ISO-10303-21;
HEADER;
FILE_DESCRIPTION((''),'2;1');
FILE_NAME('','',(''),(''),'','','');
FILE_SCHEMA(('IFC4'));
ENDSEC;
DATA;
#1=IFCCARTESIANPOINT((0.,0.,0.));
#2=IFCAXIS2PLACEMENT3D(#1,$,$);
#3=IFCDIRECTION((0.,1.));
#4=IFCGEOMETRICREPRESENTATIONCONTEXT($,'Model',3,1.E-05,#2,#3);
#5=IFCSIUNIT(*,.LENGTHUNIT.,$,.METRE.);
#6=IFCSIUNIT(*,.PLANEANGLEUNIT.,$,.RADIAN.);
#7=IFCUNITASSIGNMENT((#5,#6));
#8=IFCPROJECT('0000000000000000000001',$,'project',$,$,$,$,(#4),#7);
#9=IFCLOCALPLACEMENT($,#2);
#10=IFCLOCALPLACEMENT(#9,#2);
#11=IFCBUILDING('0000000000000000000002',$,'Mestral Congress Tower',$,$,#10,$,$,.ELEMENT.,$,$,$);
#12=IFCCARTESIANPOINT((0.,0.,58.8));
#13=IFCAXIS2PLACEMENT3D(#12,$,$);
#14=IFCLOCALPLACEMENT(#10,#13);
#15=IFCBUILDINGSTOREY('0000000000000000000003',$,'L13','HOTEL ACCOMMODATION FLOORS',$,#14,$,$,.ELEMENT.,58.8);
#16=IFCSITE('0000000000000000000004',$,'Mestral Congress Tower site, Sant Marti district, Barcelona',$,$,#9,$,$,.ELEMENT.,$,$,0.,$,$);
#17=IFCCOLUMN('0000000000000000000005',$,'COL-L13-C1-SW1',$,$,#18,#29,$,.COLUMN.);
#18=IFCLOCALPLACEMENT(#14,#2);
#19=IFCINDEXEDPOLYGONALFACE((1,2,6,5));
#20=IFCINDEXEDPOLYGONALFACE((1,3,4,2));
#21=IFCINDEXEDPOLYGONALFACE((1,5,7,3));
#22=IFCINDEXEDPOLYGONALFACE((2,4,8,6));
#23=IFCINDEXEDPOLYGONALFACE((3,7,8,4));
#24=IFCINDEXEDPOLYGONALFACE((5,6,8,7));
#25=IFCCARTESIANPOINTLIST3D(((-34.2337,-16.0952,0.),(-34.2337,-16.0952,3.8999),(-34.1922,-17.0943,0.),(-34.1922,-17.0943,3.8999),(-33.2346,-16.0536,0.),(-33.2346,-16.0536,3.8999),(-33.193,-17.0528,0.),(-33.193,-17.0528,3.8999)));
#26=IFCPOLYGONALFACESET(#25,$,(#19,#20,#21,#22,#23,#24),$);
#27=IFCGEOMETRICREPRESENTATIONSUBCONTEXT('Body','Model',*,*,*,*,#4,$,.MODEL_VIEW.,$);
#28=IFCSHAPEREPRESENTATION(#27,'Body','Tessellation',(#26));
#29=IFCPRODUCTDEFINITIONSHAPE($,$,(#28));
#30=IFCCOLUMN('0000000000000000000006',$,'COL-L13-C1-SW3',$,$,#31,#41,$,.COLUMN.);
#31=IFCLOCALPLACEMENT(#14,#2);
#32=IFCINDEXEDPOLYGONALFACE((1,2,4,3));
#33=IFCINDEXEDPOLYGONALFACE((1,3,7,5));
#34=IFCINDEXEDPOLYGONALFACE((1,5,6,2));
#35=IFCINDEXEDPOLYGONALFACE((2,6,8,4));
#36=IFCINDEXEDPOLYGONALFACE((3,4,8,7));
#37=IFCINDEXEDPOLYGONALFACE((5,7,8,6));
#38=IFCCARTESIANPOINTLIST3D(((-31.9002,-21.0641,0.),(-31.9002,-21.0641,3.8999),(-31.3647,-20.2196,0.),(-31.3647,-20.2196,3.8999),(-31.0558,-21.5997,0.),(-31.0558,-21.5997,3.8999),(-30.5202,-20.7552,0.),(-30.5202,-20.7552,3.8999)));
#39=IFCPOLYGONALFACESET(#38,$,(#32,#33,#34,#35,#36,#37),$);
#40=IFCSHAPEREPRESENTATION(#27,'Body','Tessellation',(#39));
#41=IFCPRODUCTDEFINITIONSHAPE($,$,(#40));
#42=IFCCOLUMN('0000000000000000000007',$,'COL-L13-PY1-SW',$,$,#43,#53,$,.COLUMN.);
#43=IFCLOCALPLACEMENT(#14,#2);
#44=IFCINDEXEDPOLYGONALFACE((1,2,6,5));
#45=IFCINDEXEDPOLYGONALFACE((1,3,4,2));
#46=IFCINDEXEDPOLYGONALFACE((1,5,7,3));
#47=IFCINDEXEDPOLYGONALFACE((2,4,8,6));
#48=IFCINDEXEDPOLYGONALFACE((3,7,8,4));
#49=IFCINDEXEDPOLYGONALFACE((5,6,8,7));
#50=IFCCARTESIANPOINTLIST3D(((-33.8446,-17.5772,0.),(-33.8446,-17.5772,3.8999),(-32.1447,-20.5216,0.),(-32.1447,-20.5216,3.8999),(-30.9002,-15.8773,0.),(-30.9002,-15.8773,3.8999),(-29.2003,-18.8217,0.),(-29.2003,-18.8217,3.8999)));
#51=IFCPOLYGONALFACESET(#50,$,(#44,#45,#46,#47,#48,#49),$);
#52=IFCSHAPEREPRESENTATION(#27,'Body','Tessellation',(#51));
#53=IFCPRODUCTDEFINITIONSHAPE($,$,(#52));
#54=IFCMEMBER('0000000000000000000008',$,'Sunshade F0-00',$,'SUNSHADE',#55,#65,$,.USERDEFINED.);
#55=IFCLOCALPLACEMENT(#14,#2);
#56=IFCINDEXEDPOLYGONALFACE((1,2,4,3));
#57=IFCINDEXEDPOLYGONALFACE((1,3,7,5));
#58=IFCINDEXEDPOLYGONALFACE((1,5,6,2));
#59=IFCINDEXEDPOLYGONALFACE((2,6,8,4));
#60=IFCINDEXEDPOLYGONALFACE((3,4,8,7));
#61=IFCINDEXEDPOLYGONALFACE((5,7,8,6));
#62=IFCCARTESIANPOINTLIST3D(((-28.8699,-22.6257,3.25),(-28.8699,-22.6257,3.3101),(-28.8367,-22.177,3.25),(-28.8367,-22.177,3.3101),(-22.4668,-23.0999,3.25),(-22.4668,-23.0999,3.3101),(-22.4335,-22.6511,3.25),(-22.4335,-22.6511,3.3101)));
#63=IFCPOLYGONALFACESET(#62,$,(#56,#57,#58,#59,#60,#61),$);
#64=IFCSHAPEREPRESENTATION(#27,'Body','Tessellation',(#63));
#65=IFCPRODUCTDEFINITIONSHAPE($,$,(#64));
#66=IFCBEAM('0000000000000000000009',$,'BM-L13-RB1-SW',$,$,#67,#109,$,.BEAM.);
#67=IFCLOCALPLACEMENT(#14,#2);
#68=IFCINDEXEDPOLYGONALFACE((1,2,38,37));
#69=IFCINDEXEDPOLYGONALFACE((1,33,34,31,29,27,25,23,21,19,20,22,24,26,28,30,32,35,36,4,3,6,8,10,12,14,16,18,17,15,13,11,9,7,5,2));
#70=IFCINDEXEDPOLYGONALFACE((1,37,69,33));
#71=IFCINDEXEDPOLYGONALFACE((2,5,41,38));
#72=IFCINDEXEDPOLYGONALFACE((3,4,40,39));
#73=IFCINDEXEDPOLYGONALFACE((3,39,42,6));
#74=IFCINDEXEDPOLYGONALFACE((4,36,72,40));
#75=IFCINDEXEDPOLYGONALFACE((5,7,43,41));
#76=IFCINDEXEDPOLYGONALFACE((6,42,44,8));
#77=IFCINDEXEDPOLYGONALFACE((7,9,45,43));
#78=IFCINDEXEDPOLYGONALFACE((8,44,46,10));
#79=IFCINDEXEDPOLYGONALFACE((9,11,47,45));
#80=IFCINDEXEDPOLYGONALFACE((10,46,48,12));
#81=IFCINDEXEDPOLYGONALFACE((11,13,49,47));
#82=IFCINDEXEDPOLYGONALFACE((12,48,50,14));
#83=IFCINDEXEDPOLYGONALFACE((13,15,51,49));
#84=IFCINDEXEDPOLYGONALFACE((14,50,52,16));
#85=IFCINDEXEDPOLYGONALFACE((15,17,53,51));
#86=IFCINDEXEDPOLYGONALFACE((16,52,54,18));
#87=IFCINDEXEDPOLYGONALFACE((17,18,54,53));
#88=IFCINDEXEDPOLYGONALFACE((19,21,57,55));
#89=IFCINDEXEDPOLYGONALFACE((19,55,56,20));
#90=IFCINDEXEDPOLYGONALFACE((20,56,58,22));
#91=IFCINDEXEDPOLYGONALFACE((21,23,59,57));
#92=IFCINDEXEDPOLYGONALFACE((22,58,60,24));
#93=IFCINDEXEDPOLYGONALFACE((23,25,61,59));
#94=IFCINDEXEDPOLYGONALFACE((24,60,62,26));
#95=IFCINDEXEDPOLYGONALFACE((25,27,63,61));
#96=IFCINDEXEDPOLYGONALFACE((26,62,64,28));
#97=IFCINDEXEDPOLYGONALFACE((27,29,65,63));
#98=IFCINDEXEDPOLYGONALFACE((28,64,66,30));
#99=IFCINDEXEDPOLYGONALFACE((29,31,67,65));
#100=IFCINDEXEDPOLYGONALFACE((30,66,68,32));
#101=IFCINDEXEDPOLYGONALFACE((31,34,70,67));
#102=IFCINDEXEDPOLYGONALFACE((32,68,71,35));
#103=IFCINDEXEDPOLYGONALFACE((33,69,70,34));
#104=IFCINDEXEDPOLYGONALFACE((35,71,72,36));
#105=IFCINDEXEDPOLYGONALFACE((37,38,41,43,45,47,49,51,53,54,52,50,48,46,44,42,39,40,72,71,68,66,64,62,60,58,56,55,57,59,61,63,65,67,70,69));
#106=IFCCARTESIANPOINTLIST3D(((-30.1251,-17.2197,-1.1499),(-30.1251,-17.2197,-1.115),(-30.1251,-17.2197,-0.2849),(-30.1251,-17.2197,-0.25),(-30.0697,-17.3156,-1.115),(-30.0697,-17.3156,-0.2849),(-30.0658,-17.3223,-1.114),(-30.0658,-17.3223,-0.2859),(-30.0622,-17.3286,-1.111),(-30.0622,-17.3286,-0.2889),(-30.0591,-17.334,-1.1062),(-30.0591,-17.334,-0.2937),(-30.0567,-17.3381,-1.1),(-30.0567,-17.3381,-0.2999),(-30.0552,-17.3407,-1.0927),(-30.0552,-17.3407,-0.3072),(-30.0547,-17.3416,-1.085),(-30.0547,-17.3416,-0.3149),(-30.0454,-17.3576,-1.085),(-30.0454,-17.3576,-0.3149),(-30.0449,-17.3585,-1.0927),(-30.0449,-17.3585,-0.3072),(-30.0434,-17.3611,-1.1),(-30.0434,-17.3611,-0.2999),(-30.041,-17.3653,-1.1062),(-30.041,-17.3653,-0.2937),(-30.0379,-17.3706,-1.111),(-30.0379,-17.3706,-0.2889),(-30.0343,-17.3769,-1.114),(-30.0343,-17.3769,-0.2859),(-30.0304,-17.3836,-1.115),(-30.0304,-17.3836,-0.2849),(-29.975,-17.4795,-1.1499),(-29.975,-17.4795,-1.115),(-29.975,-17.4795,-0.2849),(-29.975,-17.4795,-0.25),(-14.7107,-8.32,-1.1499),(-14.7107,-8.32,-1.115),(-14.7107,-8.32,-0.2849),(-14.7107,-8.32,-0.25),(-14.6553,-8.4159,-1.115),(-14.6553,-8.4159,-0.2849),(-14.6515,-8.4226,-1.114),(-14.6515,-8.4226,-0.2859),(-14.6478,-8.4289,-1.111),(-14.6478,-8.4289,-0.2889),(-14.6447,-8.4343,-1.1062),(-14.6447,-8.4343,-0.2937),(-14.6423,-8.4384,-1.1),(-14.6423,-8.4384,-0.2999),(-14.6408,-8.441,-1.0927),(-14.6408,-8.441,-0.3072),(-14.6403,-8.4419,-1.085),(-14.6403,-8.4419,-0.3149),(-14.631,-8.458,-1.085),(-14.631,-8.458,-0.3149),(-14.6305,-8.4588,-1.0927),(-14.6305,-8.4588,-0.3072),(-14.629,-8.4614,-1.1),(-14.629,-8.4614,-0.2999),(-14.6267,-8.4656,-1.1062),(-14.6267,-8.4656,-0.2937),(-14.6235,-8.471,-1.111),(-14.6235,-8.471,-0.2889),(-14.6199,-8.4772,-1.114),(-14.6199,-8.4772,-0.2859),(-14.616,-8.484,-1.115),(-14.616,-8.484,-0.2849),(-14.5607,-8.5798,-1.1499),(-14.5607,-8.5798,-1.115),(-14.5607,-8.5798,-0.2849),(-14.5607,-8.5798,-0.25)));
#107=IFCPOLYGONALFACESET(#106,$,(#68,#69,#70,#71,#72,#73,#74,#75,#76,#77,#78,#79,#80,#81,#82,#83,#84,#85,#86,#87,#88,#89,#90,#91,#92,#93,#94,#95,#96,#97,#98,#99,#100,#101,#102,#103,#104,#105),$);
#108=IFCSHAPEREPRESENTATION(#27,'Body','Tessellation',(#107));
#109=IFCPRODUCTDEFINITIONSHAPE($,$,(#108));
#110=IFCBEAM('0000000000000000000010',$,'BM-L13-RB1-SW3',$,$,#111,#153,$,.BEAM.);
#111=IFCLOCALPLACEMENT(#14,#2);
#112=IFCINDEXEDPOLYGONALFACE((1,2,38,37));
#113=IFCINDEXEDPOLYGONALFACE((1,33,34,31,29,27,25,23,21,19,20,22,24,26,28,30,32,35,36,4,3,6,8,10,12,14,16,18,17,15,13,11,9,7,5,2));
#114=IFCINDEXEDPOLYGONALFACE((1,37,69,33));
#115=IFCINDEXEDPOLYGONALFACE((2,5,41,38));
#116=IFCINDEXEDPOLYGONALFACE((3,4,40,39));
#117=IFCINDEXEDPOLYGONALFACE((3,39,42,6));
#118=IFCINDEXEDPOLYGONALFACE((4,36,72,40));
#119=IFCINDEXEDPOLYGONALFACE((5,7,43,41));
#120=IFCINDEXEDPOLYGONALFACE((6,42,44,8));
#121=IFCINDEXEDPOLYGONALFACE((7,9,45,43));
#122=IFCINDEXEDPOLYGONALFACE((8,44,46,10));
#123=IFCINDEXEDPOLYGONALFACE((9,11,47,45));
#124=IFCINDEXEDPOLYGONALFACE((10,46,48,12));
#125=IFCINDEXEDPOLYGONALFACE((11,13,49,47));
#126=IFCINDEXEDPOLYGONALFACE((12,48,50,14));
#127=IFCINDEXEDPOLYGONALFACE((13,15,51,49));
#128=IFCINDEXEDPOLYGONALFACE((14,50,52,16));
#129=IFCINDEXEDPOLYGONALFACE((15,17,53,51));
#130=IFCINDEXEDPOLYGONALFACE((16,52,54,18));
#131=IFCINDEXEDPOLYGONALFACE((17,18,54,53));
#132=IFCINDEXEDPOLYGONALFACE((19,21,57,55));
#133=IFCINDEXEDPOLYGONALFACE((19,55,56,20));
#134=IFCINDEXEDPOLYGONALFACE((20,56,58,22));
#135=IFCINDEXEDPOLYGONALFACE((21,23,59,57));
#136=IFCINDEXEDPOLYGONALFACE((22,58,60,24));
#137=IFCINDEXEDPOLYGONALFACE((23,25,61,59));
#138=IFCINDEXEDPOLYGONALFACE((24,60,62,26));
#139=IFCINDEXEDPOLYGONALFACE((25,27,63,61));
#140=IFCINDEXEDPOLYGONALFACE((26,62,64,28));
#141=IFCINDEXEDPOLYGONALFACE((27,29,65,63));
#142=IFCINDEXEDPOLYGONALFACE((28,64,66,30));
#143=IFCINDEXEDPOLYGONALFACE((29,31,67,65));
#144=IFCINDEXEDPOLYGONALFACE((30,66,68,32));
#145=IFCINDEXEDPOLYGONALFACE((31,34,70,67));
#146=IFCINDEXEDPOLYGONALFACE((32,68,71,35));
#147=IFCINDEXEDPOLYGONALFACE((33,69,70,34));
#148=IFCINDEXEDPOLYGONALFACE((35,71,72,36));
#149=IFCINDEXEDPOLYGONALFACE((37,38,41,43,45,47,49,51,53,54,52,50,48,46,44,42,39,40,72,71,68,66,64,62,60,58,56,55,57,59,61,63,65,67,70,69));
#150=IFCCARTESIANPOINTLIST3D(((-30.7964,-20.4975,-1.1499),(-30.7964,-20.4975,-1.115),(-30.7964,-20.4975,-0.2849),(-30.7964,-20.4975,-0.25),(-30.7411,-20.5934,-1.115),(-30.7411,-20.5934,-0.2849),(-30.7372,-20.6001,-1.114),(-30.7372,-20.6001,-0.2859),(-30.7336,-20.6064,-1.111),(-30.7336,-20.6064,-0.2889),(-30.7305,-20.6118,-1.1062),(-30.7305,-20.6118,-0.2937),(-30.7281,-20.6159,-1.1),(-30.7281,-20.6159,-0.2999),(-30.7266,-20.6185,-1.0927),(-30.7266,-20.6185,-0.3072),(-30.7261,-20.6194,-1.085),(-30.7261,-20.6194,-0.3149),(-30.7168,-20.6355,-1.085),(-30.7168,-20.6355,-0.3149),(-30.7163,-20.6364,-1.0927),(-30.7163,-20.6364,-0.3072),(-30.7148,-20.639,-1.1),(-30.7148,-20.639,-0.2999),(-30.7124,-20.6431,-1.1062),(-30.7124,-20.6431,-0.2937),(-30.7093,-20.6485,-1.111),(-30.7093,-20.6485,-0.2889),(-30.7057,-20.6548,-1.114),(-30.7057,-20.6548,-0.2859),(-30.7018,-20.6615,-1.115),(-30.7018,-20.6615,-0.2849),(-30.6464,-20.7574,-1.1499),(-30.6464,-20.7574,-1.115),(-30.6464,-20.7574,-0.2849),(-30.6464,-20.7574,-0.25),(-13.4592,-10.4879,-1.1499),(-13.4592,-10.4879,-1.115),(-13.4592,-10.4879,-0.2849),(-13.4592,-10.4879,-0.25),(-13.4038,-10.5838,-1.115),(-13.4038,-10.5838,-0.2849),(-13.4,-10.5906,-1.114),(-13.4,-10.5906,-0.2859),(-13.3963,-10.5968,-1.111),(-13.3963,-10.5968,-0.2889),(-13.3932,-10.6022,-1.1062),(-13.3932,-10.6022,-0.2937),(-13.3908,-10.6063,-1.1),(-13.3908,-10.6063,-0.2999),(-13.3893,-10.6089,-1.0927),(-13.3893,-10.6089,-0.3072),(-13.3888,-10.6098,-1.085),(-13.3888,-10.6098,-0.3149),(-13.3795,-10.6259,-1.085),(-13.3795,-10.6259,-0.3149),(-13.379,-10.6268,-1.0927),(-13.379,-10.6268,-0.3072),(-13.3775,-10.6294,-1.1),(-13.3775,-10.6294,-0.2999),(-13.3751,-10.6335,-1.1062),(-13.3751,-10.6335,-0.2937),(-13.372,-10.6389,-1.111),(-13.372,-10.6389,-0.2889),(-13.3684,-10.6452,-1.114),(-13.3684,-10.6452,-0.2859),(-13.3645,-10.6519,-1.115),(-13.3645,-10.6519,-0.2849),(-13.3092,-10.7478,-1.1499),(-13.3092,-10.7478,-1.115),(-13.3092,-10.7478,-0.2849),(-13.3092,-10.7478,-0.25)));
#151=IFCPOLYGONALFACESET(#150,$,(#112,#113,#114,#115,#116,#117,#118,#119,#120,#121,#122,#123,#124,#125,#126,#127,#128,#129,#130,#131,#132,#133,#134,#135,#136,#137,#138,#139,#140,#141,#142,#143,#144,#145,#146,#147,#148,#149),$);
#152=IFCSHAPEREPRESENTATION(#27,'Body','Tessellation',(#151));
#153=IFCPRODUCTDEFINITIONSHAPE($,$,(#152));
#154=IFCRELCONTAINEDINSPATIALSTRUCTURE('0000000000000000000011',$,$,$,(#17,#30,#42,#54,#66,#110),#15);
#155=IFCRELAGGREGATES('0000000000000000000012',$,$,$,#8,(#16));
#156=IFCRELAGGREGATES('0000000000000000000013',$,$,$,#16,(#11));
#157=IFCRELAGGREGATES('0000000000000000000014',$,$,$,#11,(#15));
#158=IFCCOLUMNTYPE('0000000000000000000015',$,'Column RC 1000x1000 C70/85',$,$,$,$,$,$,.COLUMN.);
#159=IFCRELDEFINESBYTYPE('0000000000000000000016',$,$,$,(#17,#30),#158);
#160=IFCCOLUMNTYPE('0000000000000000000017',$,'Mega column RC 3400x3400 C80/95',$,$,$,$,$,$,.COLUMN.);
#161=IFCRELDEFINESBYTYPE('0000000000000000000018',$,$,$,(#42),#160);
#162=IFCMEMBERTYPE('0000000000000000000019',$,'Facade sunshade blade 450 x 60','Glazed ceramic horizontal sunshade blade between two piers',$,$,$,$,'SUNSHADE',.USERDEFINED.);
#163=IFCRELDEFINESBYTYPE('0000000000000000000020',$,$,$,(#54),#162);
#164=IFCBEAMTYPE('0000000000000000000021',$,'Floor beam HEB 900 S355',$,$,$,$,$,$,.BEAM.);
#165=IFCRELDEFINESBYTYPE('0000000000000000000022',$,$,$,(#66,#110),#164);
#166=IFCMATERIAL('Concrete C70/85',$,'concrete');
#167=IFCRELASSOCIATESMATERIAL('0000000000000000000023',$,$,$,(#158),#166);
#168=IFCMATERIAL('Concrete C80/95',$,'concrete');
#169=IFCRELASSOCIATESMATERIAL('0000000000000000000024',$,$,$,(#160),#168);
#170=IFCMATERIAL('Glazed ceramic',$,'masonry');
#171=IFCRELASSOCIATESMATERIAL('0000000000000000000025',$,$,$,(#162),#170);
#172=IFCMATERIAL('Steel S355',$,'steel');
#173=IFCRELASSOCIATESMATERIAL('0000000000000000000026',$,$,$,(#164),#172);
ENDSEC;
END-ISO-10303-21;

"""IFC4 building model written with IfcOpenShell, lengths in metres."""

from ifc_helpers import new_model, si_unit, direction, frame, origin, origin_2d, place, context, subcontext, project, spatial, rectangle, i_section, extrude, material, material_profile, profile_set, type_object, element, save


model = new_model("IFC4")

# Units and contexts
model_context = context("Model", 3, precision=1e-05, world=origin(), true_north=direction((0.0, 1.0)))
body_context = subcontext(model_context, "Body", "Model", "MODEL_VIEW")
ifc_project = project(units=[si_unit("LENGTHUNIT", "METRE"), si_unit("PLANEANGLEUNIT", "RADIAN")], contexts=[model_context])

# Site, building, storey
site_placement = place(None, origin())
site = spatial("IfcSite", under=ifc_project, at=site_placement, Name="Mestral Congress Tower site, Sant Marti district, Barcelona", CompositionType="ELEMENT", RefElevation=0.0)
building_placement = place(site_placement, origin())
building = spatial("IfcBuilding", under=site, at=building_placement, Name="Mestral Congress Tower", CompositionType="ELEMENT")
storey_placement = place(building_placement, frame((0.0, 0.0, 58.8)))
storey = spatial("IfcBuildingStorey", under=building, at=storey_placement, Name="L13", Description="HOTEL ACCOMMODATION FLOORS", CompositionType="ELEMENT", Elevation=58.8)

# Columns
ifc_material_1 = material(Name="Concrete C70/85", Category="concrete")
ifc_material_profile_1 = material_profile(ifc_material_1, rectangle(XDim=1.0, YDim=1.0, at=origin_2d()), Name="RC 1000x1000")
ifc_profile_set_1 = profile_set([ifc_material_profile_1], Name="Concrete C70/85")
column_type_1 = type_object("IfcColumnType", Name="Column RC 1000x1000 C70/85", PredefinedType="COLUMN", material=ifc_profile_set_1)
for number, where, z_axis, x_axis, name in (
    (1, (-33.7134, -16.574, 0.0), (0.0, 0.0, 1.0), (0.041583, -0.999135, 0.0), "COL-L13-C1-SW1"),
    (2, (-31.2102, -20.9097, 0.0), (0.0, 0.0, 1.0), (0.844485, -0.535579, 0.0), "COL-L13-C1-SW3"),
):
    element("IfcColumn", number, at=place(storey_placement, frame(where, z_axis=z_axis, x_axis=x_axis)), inside=storey, type_object=column_type_1, Name=name, PredefinedType="COLUMN", context=body_context, shape_type="SweptSolid", body=[
        extrude(rectangle(XDim=1.0, YDim=1.0, at=origin_2d()), origin(), (0.0, 0.0, 1.0), 3.8999),
    ])
ifc_material_2 = material(Name="Concrete C80/95", Category="concrete")
ifc_material_profile_2 = material_profile(ifc_material_2, rectangle(XDim=3.3999, YDim=3.3999, at=origin_2d()), Name="RC 3400x3400")
ifc_profile_set_2 = profile_set([ifc_material_profile_2], Name="Concrete C80/95")
column_type_2 = type_object("IfcColumnType", Name="Mega column RC 3400x3400 C80/95", PredefinedType="COLUMN", material=ifc_profile_set_2)
column_placement = place(storey_placement, frame((-31.5225, -18.1995, 0.0), z_axis=(0.0, 0.0, 1.0), x_axis=(-0.866025, -0.5, 0.0)))
element("IfcColumn", 3, at=column_placement, inside=storey, type_object=column_type_2, Name="COL-L13-PY1-SW", PredefinedType="COLUMN", context=body_context, shape_type="SweptSolid", body=[
    extrude(rectangle(XDim=3.3999, YDim=3.3999, at=origin_2d()), origin(), (0.0, 0.0, 1.0), 3.8999),
])

# Member
ifc_material_3 = material(Name="Glazed ceramic", Category="masonry")
ifc_material_profile_3 = material_profile(ifc_material_3, rectangle(XDim=0.45, YDim=0.0601, at=origin_2d()), Name="Ceramic blade 450 x 60")
ifc_profile_set_3 = profile_set([ifc_material_profile_3], Name="Glazed ceramic")
member_type = type_object("IfcMemberType", Name="Facade sunshade blade 450 x 60", Description="Glazed ceramic horizontal sunshade blade between two piers", ElementType="SUNSHADE", PredefinedType="USERDEFINED", material=ifc_profile_set_3)
member_placement = place(storey_placement, frame((-28.8533, -22.4014, 3.28), z_axis=(0.99727, -0.073844, 0.0), x_axis=(0.073844, 0.99727, 0.0)))
element("IfcMember", 4, at=member_placement, inside=storey, type_object=member_type, Name="Sunshade F0-00", ObjectType="SUNSHADE", PredefinedType="USERDEFINED", context=body_context, shape_type="SweptSolid", body=[
    extrude(rectangle(XDim=0.45, YDim=0.0601, at=origin_2d()), origin(), (0.0, 0.0, 1.0), 6.4207),
])

# Beams
ifc_material_4 = material(Name="Steel S355", Category="steel")
ifc_material_profile_4 = material_profile(ifc_material_4, i_section(OverallWidth=0.3, OverallDepth=0.8999, WebThickness=0.0186, FlangeThickness=0.0349, FilletRadius=0.03, at=origin_2d()), Name="HEB 900")
ifc_profile_set_4 = profile_set([ifc_material_profile_4], Name="Steel S355")
beam_type_1 = type_object("IfcBeamType", Name="Floor beam HEB 900 S355", PredefinedType="BEAM", material=ifc_profile_set_4)
beam_1_placement = place(storey_placement, frame((-30.05, -17.3496, -0.7), z_axis=(0.86602, 0.500009, 0.0), x_axis=(-0.500009, 0.86602, 0.0)))
element("IfcBeam", 5, at=beam_1_placement, inside=storey, type_object=beam_type_1, Name="BM-L13-RB1-SW", PredefinedType="BEAM", context=body_context, shape_type="SweptSolid", body=[
    extrude(i_section(OverallWidth=0.3, OverallDepth=0.8999, WebThickness=0.0186, FlangeThickness=0.0349, FilletRadius=0.03, at=origin_2d()), origin(), (0.0, 0.0, 1.0), 17.7991),
])
beam_2_placement = place(storey_placement, frame((-30.7214, -20.6274, -0.7), z_axis=(0.866027, 0.499997, 0.0), x_axis=(-0.499997, 0.866027, 0.0)))
element("IfcBeam", 6, at=beam_2_placement, inside=storey, type_object=beam_type_1, Name="BM-L13-RB1-SW3", PredefinedType="BEAM", context=body_context, shape_type="SweptSolid", body=[
    extrude(i_section(OverallWidth=0.3, OverallDepth=0.8999, WebThickness=0.0186, FlangeThickness=0.0349, FilletRadius=0.03, at=origin_2d()), origin(), (0.0, 0.0, 1.0), 20.0193),
])

save(model, "model.ifc")
